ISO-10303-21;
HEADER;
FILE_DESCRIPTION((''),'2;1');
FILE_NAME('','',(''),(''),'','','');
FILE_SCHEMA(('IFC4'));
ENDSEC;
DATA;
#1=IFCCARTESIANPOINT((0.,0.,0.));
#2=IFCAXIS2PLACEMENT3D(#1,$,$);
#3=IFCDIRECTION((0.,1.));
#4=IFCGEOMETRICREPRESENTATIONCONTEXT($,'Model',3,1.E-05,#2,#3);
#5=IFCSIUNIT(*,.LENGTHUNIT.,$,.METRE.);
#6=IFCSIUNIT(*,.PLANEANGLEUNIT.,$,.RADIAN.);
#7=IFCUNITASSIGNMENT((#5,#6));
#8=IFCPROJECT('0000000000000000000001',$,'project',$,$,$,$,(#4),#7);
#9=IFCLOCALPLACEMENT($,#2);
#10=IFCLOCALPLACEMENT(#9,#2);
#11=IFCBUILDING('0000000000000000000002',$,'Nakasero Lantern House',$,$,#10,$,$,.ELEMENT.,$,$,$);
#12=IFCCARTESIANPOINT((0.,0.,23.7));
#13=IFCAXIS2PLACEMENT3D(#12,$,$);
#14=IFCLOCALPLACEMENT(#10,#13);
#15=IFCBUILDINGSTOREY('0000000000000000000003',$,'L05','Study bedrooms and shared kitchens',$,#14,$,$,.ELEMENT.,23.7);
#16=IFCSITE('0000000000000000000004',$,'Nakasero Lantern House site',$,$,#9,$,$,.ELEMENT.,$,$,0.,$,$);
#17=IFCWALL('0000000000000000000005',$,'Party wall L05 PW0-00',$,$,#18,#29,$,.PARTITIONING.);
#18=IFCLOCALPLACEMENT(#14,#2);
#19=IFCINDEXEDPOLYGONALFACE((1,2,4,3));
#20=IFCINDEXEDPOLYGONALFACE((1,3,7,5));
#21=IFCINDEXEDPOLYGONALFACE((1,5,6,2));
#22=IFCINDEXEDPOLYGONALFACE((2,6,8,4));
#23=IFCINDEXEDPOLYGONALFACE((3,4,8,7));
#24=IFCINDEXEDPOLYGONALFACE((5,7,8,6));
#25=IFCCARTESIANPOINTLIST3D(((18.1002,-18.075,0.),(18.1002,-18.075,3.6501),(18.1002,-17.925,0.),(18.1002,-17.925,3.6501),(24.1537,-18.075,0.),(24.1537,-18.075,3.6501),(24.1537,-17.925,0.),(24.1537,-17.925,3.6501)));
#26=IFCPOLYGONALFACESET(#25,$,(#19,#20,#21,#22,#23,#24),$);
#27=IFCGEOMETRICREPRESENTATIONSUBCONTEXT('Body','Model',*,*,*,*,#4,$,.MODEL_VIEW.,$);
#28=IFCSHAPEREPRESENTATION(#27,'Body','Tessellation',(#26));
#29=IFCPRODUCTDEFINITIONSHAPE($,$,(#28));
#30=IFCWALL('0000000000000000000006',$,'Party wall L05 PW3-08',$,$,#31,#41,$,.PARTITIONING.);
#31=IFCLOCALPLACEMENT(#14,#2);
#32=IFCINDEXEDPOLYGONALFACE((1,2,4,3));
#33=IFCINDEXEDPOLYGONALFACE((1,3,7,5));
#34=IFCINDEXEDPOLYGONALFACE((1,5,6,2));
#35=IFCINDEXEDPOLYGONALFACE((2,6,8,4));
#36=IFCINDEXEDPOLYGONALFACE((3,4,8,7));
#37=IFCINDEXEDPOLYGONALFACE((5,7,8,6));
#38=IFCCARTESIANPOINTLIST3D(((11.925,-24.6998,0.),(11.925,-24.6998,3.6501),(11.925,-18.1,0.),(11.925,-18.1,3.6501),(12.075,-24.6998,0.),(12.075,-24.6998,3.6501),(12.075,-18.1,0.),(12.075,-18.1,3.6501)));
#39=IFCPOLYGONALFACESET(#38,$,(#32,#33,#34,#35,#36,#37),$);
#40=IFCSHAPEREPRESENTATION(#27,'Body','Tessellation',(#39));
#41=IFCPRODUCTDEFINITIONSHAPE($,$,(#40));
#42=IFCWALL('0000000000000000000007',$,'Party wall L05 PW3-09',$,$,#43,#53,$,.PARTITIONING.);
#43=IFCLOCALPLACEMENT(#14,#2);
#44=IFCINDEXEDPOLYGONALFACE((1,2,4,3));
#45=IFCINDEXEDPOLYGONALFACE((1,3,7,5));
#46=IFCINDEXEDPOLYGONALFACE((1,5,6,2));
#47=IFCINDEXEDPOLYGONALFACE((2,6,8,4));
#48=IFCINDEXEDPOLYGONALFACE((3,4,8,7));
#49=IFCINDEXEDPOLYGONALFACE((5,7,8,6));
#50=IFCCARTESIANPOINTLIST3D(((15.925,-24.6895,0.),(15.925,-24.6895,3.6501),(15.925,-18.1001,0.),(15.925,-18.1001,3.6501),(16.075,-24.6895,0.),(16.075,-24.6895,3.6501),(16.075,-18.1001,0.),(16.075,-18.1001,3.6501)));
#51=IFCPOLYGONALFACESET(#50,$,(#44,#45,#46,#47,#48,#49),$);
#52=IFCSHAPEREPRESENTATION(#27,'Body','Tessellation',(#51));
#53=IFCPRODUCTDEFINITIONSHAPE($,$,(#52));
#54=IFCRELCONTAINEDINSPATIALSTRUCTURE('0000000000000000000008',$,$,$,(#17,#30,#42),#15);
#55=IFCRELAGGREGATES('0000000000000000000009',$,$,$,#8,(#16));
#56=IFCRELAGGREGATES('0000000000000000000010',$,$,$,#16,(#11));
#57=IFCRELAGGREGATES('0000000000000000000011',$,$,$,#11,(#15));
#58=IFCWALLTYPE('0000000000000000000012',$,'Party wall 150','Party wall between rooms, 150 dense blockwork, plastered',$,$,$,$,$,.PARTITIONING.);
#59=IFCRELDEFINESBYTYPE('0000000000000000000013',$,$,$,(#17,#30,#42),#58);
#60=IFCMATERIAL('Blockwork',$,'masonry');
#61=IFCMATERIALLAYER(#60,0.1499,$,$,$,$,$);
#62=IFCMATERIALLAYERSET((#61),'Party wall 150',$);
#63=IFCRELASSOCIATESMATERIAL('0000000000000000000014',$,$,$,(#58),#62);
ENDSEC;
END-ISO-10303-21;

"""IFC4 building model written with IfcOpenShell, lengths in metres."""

from ifc_helpers import new_model, si_unit, direction, frame, frame_2d, origin, place, context, subcontext, project, spatial, rectangle, extrude, material, layer, layer_set, type_object, element, save


model = new_model("IFC4")

# Units and contexts
model_context = context("Model", 3, precision=1e-05, world=origin(), true_north=direction((0.0, 1.0)))
body_context = subcontext(model_context, "Body", "Model", "MODEL_VIEW")
ifc_project = project(units=[si_unit("LENGTHUNIT", "METRE"), si_unit("PLANEANGLEUNIT", "RADIAN")], contexts=[model_context])

# Site, building, storey
site_placement = place(None, origin())
site = spatial("IfcSite", under=ifc_project, at=site_placement, Name="Nakasero Lantern House site", CompositionType="ELEMENT", RefElevation=0.0)
building_placement = place(site_placement, origin())
building = spatial("IfcBuilding", under=site, at=building_placement, Name="Nakasero Lantern House", CompositionType="ELEMENT")
storey_placement = place(building_placement, frame((0.0, 0.0, 23.7)))
storey = spatial("IfcBuildingStorey", under=building, at=storey_placement, Name="L05", Description="Study bedrooms and shared kitchens", CompositionType="ELEMENT", Elevation=23.7)

# Walls
ifc_material_1 = material(Name="Blockwork", Category="masonry")
ifc_layer_1 = layer(ifc_material_1, 0.1499)
ifc_layer_set_1 = layer_set([ifc_layer_1], Name="Party wall 150")
wall_type_1 = type_object("IfcWallType", Name="Party wall 150", Description="Party wall between rooms, 150 dense blockwork, plastered", PredefinedType="PARTITIONING", material=ifc_layer_set_1)
wall_1_placement = place(storey_placement, frame((18.1001, -18.0, 0.0), z_axis=(0.0, 0.0, 1.0), x_axis=(1.0, 0.0, 0.0)))
element("IfcWall", 1, at=wall_1_placement, inside=storey, type_object=wall_type_1, Name="Party wall L05 PW0-00", PredefinedType="PARTITIONING", context=body_context, shape_type="SweptSolid", body=[
    extrude(rectangle(XDim=6.0535, YDim=0.1499, at=frame_2d((3.0269, 0.0))), origin(), (0.0, 0.0, 1.0), 3.6501),
])
wall_2_placement = place(storey_placement, frame((12.0, -18.1001, 0.0), z_axis=(0.0, 0.0, 1.0), x_axis=(0.0, -1.0, 0.0)))
element("IfcWall", 2, at=wall_2_placement, inside=storey, type_object=wall_type_1, Name="Party wall L05 PW3-08", PredefinedType="PARTITIONING", context=body_context, shape_type="SweptSolid", body=[
    extrude(rectangle(XDim=6.5999, YDim=0.1499, at=frame_2d((3.2998, 0.0))), origin(), (0.0, 0.0, 1.0), 3.6501),
])
wall_3_placement = place(storey_placement, frame((16.0, -18.1001, 0.0), z_axis=(0.0, 0.0, 1.0), x_axis=(0.0, -1.0, 0.0)))
element("IfcWall", 3, at=wall_3_placement, inside=storey, type_object=wall_type_1, Name="Party wall L05 PW3-09", PredefinedType="PARTITIONING", context=body_context, shape_type="SweptSolid", body=[
    extrude(rectangle(XDim=6.5894, YDim=0.1499, at=frame_2d((3.2947, 0.0))), origin(), (0.0, 0.0, 1.0), 3.6501),
])

save(model, "model.ifc")
